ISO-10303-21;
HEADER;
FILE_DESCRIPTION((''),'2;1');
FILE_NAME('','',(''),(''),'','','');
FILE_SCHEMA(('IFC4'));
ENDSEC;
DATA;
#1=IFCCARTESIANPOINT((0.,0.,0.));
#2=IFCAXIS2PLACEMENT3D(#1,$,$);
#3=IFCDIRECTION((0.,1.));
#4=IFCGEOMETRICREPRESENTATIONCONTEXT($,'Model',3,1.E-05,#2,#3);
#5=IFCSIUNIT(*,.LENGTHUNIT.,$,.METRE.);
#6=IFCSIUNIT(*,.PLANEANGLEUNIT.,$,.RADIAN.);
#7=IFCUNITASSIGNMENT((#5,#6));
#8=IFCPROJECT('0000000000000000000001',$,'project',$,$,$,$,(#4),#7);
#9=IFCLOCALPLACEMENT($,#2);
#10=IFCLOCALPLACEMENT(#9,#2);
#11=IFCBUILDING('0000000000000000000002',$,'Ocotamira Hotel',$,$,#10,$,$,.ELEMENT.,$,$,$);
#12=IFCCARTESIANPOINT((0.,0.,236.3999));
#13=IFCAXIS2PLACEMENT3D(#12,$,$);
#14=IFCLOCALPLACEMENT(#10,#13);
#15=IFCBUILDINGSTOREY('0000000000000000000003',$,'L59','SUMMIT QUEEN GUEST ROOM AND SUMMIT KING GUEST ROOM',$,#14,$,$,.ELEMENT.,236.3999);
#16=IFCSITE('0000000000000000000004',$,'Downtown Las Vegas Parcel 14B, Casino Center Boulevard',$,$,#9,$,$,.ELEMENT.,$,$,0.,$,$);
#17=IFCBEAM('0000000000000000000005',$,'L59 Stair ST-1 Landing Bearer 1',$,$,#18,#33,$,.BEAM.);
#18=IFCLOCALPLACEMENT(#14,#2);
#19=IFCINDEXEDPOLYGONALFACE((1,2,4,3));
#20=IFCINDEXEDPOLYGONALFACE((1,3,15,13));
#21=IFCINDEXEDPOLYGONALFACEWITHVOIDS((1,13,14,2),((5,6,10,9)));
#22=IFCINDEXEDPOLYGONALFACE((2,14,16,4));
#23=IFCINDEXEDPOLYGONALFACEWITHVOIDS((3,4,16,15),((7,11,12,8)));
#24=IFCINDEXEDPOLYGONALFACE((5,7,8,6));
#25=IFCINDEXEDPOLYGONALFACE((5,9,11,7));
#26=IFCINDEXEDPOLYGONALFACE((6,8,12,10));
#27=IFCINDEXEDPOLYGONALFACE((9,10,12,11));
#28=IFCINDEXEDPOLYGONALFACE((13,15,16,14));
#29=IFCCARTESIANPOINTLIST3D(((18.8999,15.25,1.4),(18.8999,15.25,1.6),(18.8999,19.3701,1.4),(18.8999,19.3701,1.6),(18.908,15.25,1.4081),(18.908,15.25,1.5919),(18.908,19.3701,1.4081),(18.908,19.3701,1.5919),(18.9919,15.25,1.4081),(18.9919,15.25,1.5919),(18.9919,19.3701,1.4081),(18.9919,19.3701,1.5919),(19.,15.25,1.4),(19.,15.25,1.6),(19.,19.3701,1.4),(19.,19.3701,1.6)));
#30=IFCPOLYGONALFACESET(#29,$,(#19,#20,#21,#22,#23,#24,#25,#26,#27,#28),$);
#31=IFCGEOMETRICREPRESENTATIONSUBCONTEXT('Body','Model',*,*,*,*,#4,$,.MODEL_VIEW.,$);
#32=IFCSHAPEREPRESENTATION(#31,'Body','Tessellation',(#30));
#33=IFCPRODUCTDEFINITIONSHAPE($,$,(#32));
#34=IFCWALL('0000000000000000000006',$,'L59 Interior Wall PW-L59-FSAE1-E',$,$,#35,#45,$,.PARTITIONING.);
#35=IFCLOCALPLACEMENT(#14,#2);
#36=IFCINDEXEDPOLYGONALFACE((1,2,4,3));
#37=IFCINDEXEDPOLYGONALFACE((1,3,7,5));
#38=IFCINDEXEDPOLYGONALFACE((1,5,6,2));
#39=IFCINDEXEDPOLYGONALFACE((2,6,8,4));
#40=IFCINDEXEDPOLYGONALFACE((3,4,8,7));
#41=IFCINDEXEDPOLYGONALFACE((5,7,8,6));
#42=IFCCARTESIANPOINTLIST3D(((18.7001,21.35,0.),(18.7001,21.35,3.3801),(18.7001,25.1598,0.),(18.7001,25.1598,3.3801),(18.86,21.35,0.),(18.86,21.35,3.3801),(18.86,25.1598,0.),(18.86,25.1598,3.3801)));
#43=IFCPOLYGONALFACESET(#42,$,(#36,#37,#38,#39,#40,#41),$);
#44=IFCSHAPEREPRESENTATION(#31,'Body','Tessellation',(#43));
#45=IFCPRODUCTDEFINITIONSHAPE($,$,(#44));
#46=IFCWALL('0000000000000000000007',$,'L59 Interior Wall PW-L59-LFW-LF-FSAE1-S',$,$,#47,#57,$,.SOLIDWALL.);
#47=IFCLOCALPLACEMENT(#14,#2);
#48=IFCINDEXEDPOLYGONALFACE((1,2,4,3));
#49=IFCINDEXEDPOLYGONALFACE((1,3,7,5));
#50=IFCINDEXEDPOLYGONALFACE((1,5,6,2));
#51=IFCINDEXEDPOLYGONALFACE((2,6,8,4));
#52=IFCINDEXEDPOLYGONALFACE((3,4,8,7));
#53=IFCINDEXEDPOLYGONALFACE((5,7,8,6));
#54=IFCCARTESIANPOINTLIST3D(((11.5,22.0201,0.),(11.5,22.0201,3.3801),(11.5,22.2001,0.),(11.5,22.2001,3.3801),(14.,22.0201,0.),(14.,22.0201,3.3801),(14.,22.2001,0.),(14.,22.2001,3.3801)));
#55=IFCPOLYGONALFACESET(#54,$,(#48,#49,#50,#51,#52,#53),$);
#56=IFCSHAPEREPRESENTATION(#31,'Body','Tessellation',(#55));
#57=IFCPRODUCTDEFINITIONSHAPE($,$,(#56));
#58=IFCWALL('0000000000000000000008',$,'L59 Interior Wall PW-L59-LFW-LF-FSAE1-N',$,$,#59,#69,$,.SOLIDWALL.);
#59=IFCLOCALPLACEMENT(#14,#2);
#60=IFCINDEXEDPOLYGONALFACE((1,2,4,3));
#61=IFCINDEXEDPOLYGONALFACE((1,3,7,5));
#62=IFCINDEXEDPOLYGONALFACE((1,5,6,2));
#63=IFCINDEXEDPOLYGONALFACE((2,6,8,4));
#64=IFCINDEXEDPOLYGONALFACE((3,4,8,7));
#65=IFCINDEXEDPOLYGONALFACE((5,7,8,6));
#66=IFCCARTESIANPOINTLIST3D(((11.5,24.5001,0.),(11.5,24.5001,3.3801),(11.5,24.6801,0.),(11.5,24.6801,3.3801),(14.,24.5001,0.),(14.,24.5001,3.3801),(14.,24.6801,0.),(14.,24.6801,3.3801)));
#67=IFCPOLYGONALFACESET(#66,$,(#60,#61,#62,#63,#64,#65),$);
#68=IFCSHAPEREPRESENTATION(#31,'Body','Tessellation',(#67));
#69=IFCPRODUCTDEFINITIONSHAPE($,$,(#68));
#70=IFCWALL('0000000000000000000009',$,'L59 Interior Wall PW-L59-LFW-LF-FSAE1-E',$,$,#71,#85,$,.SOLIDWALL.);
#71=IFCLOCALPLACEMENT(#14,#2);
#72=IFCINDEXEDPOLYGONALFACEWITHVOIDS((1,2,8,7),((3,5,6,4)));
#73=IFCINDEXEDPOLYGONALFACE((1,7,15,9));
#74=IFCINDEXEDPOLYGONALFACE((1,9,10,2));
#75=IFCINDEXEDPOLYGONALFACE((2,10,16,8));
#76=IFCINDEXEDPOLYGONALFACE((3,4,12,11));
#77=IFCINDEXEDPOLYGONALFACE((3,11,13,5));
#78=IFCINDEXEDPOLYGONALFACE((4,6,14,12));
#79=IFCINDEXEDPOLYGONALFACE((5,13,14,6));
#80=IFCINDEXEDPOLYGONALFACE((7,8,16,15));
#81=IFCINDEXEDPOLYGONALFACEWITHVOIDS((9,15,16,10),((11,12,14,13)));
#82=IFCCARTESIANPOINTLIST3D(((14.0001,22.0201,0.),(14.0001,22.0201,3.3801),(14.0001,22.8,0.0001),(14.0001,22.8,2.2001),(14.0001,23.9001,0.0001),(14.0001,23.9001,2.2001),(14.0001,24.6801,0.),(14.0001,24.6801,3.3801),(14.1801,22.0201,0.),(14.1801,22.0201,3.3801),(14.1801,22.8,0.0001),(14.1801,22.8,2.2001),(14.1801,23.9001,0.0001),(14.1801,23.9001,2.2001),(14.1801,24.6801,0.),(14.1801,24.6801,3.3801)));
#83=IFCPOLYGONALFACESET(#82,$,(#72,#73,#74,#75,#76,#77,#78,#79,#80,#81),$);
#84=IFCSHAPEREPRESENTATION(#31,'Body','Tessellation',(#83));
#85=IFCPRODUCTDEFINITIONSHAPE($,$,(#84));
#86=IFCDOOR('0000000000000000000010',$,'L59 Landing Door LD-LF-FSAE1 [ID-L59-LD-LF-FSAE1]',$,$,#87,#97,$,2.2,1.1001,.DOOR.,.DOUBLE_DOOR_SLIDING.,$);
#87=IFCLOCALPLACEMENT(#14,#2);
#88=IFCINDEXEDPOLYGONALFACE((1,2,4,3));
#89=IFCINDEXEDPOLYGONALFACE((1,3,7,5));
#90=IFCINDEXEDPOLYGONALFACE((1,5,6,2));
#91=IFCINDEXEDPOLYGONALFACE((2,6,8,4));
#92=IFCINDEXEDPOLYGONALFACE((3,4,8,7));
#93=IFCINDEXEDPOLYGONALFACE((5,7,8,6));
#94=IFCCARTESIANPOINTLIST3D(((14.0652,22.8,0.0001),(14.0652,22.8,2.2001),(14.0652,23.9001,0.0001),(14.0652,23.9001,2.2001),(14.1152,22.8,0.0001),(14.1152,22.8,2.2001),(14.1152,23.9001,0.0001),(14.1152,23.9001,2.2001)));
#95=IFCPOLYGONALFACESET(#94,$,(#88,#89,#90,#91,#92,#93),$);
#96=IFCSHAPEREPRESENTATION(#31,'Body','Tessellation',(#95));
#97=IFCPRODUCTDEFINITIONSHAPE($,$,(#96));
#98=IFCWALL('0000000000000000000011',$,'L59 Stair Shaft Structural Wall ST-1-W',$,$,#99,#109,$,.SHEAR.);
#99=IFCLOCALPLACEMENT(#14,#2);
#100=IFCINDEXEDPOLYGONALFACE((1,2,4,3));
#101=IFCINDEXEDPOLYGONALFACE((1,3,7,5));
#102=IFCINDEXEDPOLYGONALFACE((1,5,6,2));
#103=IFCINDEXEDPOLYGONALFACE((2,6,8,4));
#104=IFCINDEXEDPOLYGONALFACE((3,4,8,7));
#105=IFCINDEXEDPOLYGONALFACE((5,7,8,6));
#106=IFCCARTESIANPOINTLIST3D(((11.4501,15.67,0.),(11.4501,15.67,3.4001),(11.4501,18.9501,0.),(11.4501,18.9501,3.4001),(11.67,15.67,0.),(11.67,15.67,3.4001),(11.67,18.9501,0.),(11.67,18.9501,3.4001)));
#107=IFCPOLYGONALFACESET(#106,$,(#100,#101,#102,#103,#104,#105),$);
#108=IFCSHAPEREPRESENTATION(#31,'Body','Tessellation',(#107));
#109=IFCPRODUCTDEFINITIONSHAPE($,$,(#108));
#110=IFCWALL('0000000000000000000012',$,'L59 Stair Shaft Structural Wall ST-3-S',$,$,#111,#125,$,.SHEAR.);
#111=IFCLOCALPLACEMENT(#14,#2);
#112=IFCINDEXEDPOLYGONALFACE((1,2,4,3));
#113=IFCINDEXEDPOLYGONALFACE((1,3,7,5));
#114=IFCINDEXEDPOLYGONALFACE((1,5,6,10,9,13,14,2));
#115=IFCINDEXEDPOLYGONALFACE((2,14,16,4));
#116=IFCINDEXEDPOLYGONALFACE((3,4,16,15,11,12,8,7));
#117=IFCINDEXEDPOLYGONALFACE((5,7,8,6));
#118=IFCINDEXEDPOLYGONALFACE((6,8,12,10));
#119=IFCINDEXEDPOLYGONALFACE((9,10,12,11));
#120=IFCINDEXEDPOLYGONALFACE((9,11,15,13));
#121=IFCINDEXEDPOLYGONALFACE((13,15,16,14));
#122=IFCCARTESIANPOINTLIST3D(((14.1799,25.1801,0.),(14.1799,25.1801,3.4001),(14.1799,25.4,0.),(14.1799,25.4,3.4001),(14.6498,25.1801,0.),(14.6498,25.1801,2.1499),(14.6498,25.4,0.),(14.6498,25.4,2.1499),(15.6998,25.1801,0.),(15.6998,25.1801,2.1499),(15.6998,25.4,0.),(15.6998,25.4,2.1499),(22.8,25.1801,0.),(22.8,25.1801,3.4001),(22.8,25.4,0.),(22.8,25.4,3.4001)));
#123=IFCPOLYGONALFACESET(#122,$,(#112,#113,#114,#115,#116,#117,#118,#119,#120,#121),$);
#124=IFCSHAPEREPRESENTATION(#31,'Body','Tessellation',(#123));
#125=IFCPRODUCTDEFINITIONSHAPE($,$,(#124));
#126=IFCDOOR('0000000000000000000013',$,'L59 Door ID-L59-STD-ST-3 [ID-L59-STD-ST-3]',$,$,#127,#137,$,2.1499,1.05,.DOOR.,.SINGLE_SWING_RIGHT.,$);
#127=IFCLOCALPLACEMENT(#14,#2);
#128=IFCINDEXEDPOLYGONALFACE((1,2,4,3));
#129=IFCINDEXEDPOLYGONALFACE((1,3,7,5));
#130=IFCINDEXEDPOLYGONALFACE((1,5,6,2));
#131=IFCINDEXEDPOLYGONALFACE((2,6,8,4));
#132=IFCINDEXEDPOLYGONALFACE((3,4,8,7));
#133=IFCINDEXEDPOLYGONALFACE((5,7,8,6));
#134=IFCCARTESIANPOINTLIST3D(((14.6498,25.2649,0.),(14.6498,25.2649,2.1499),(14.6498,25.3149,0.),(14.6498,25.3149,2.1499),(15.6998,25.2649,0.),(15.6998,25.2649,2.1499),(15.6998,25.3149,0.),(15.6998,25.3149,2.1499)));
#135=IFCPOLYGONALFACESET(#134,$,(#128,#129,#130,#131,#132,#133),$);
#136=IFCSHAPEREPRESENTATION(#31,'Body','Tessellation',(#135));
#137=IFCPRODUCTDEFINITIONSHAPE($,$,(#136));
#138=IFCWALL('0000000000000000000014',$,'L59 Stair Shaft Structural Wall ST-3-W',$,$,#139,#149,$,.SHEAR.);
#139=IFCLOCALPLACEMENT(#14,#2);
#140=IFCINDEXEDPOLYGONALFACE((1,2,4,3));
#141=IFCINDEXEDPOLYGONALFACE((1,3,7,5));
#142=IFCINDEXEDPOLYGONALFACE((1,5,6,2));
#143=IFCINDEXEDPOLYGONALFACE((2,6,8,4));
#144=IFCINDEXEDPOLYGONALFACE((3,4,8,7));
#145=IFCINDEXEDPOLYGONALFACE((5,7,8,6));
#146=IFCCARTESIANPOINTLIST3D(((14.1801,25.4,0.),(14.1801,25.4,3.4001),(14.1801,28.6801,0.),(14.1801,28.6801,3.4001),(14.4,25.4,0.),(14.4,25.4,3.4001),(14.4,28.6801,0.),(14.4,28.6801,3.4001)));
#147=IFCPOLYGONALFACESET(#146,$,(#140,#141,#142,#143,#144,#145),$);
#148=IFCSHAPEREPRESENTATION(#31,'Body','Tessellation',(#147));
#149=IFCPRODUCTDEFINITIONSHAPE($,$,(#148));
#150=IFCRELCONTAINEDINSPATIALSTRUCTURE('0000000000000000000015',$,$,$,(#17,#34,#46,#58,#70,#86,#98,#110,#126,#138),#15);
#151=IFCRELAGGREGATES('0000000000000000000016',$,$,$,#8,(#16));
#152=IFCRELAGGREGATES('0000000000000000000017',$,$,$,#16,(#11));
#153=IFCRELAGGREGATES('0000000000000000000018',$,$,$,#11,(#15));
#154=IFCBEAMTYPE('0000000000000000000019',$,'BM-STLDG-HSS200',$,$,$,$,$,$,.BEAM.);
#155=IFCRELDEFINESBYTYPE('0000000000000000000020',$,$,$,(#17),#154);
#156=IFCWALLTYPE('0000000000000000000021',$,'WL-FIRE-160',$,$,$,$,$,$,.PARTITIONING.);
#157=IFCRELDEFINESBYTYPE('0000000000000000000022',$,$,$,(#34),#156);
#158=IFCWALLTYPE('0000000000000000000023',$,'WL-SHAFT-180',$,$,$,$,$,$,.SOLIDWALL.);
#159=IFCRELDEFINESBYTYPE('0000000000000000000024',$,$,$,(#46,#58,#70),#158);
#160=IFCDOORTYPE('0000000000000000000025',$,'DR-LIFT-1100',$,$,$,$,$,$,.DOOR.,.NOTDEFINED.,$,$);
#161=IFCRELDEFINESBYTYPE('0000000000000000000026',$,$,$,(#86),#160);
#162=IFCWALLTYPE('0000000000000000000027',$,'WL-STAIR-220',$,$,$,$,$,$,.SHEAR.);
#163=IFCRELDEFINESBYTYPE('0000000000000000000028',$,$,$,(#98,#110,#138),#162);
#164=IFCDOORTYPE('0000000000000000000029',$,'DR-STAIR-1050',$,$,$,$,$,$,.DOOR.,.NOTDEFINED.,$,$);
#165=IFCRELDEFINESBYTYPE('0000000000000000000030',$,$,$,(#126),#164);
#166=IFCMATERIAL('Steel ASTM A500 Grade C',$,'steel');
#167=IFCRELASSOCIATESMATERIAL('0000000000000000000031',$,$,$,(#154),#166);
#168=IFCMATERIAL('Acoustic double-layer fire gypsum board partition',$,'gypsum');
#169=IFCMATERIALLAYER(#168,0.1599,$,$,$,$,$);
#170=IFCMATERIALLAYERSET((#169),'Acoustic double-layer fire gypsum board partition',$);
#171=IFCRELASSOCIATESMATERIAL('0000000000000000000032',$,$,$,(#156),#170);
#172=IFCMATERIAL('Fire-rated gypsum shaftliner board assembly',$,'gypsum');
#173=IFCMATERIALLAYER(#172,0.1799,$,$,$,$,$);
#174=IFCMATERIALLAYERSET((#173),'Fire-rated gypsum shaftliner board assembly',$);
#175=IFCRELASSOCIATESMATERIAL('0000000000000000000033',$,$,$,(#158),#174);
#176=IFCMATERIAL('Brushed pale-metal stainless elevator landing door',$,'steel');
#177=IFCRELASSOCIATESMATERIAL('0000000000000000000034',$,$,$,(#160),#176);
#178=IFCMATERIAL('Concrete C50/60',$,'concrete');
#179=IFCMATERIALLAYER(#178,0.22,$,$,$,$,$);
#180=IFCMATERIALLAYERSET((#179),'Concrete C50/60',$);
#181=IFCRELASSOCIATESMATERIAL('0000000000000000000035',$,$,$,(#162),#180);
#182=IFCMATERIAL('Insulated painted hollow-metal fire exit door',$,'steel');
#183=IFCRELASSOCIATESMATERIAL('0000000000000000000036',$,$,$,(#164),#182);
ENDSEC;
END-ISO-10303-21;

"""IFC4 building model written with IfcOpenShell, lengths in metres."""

from ifc_helpers import new_model, si_unit, direction, frame, frame_2d, origin, origin_2d, place, context, subcontext, project, spatial, rectangle, hollow_rectangle, extrude, source, transform, mapped, material, layer, layer_set, material_profile, profile_set, type_object, element, fill, save


model = new_model("IFC4")

# Units and contexts
model_context = context("Model", 3, precision=1e-05, world=origin(), true_north=direction((0.0, 1.0)))
body_context = subcontext(model_context, "Body", "Model", "MODEL_VIEW")
ifc_project = project(units=[si_unit("LENGTHUNIT", "METRE"), si_unit("PLANEANGLEUNIT", "RADIAN")], contexts=[model_context])

# Site, building, storey
site_placement = place(None, origin())
site = spatial("IfcSite", under=ifc_project, at=site_placement, Name="Downtown Las Vegas Parcel 14B, Casino Center Boulevard", CompositionType="ELEMENT", RefElevation=0.0)
building_placement = place(site_placement, origin())
building = spatial("IfcBuilding", under=site, at=building_placement, Name="Ocotamira Hotel", CompositionType="ELEMENT")
storey_placement = place(building_placement, frame((0.0, 0.0, 236.3999)))
storey = spatial("IfcBuildingStorey", under=building, at=storey_placement, Name="L59", Description="SUMMIT QUEEN GUEST ROOM AND SUMMIT KING GUEST ROOM", CompositionType="ELEMENT", Elevation=236.3999)

# Beam
ifc_material_1 = material(Name="Steel ASTM A500 Grade C", Category="steel")
ifc_material_profile = material_profile(ifc_material_1, hollow_rectangle(XDim=0.1001, YDim=0.2, WallThickness=0.0081, at=origin_2d()), Name="HSS200X100X8")
ifc_profile_set = profile_set([ifc_material_profile], Name="Steel ASTM A500 Grade C")
beam_type = type_object("IfcBeamType", Name="BM-STLDG-HSS200", PredefinedType="BEAM", material=ifc_profile_set)
shared_shape_1 = source(origin(), body_context, "Body", "SweptSolid", [
    extrude(hollow_rectangle(XDim=0.1001, YDim=0.2, WallThickness=0.0081, at=origin_2d()), origin(), (0.0, 0.0, 1.0), 4.1201),
])
beam_placement = place(storey_placement, frame((18.95, 15.25, 1.5), z_axis=(0.0, 1.0, 0.0), x_axis=(-1.0, 0.0, 0.0)))
element("IfcBeam", 1, at=beam_placement, inside=storey, type_object=beam_type, Name="L59 Stair ST-1 Landing Bearer 1", PredefinedType="BEAM", context=body_context, shape_type="MappedRepresentation", body=[
    mapped(shared_shape_1, transform((0.0, 0.0, 0.0), scale=1.0)),
])

# Shared definitions
ifc_material_2 = material(Name="Acoustic double-layer fire gypsum board partition", Category="gypsum")
ifc_layer_1 = layer(ifc_material_2, 0.1599)
ifc_layer_set_1 = layer_set([ifc_layer_1], Name="Acoustic double-layer fire gypsum board partition")
wall_type_1 = type_object("IfcWallType", Name="WL-FIRE-160", PredefinedType="PARTITIONING", material=ifc_layer_set_1)

# Walls
wall_1_placement = place(storey_placement, frame((18.78, 21.3501, 0.0), z_axis=(0.0, 0.0, 1.0), x_axis=(0.0, 1.0, 0.0)))
element("IfcWall", 2, at=wall_1_placement, inside=storey, type_object=wall_type_1, Name="L59 Interior Wall PW-L59-FSAE1-E", PredefinedType="PARTITIONING", context=body_context, shape_type="SweptSolid", body=[
    extrude(rectangle(XDim=3.8098, YDim=0.1599, at=frame_2d((1.9048, 0.0))), origin(), (0.0, 0.0, 1.0), 3.3801),
])
ifc_material_3 = material(Name="Fire-rated gypsum shaftliner board assembly", Category="gypsum")
ifc_layer_2 = layer(ifc_material_3, 0.1799)
ifc_layer_set_2 = layer_set([ifc_layer_2], Name="Fire-rated gypsum shaftliner board assembly")
wall_type_2 = type_object("IfcWallType", Name="WL-SHAFT-180", PredefinedType="SOLIDWALL", material=ifc_layer_set_2)
for number, where, z_axis, x_axis, name in (
    (3, (11.5, 22.1101, 0.0), (0.0, 0.0, 1.0), (1.0, 0.0, 0.0), "L59 Interior Wall PW-L59-LFW-LF-FSAE1-S"),
    (4, (11.5, 24.5901, 0.0), (0.0, 0.0, 1.0), (1.0, 0.0, 0.0), "L59 Interior Wall PW-L59-LFW-LF-FSAE1-N"),
):
    element("IfcWall", number, at=place(storey_placement, frame(where, z_axis=z_axis, x_axis=x_axis)), inside=storey, type_object=wall_type_2, Name=name, PredefinedType="SOLIDWALL", context=body_context, shape_type="SweptSolid", body=[
        extrude(rectangle(XDim=2.5, YDim=0.1799, at=frame_2d((1.25, 0.0))), origin(), (0.0, 0.0, 1.0), 3.3801),
    ])

# Wall, opening, door
wall_2_placement = place(storey_placement, frame((14.0901, 22.02, 0.0), z_axis=(0.0, 0.0, 1.0), x_axis=(0.0, 1.0, 0.0)))
wall_2 = element("IfcWall", 5, at=wall_2_placement, inside=storey, type_object=wall_type_2, Name="L59 Interior Wall PW-L59-LFW-LF-FSAE1-E", PredefinedType="SOLIDWALL", context=body_context, shape_type="SweptSolid", body=[
    extrude(rectangle(XDim=2.6599, YDim=0.1799, at=frame_2d((1.3301, 0.0))), origin(), (0.0, 0.0, 1.0), 3.3801),
])
opening_1_placement = place(wall_2_placement, frame((0.78, 0.0, 0.0)))
opening_1 = element("IfcOpeningElement", 6, at=opening_1_placement, cuts=wall_2, PredefinedType="OPENING", context=body_context, shape_type="SweptSolid", body=[
    extrude(rectangle(XDim=1.1001, YDim=2.2, at=frame_2d((0.55, 1.1001))), frame((0.0, 0.1001, 0.0), z_axis=(0.0, -1.0, 0.0), x_axis=(1.0, 0.0, 0.0)), (0.0, 0.0, 1.0), 0.2),
])
ifc_material_4 = material(Name="Brushed pale-metal stainless elevator landing door", Category="steel")
door_type_1 = type_object("IfcDoorType", Name="DR-LIFT-1100", OperationType="NOTDEFINED", PredefinedType="DOOR", material=ifc_material_4)
shared_shape_2 = source(origin(), body_context, "Body", "SweptSolid", [
    extrude(rectangle(XDim=1.1001, YDim=2.2, at=frame_2d((0.55, 1.1001))), frame((0.0, 0.0249, 0.0), z_axis=(0.0, -1.0, 0.0), x_axis=(1.0, 0.0, 0.0)), (0.0, 0.0, 1.0), 0.05),
])
door_1_placement = place(opening_1_placement, origin())
door_1 = element("IfcDoor", 7, at=door_1_placement, inside=storey, type_object=door_type_1, Name="L59 Landing Door LD-LF-FSAE1 [ID-L59-LD-LF-FSAE1]", OperationType="DOUBLE_DOOR_SLIDING", OverallHeight=2.2, OverallWidth=1.1001, PredefinedType="DOOR", context=body_context, shape_type="MappedRepresentation", body=[
    mapped(shared_shape_2, transform((0.0, 0.0, 0.0), scale=1.0)),
])
fill(opening_1, door_1)

# Wall
ifc_material_5 = material(Name="Concrete C50/60", Category="concrete")
ifc_layer_3 = layer(ifc_material_5, 0.22)
ifc_layer_set_3 = layer_set([ifc_layer_3], Name="Concrete C50/60")
wall_type_3 = type_object("IfcWallType", Name="WL-STAIR-220", PredefinedType="SHEAR", material=ifc_layer_set_3)
wall_3_placement = place(storey_placement, frame((11.5601, 15.6699, 0.0), z_axis=(0.0, 0.0, 1.0), x_axis=(0.0, 1.0, 0.0)))
element("IfcWall", 8, at=wall_3_placement, inside=storey, type_object=wall_type_3, Name="L59 Stair Shaft Structural Wall ST-1-W", PredefinedType="SHEAR", context=body_context, shape_type="SweptSolid", body=[
    extrude(rectangle(XDim=3.28, YDim=0.22, at=frame_2d((1.6401, 0.0))), origin(), (0.0, 0.0, 1.0), 3.4001),
])

# Wall, opening, door
wall_4_placement = place(storey_placement, frame((14.1799, 25.29, 0.0), z_axis=(0.0, 0.0, 1.0), x_axis=(1.0, 0.0, 0.0)))
wall_4 = element("IfcWall", 9, at=wall_4_placement, inside=storey, type_object=wall_type_3, Name="L59 Stair Shaft Structural Wall ST-3-S", PredefinedType="SHEAR", context=body_context, shape_type="SweptSolid", body=[
    extrude(rectangle(XDim=8.6201, YDim=0.22, at=frame_2d((4.3101, 0.0))), origin(), (0.0, 0.0, 1.0), 3.4001),
])
opening_2_placement = place(wall_4_placement, frame((0.47, 0.0, 0.0)))
opening_2 = element("IfcOpeningElement", 10, at=opening_2_placement, cuts=wall_4, PredefinedType="OPENING", context=body_context, shape_type="SweptSolid", body=[
    extrude(rectangle(XDim=1.05, YDim=2.1499, at=frame_2d((0.5249, 1.075))), frame((0.0, 0.1201, 0.0), z_axis=(0.0, -1.0, 0.0), x_axis=(1.0, 0.0, 0.0)), (0.0, 0.0, 1.0), 0.24),
])
ifc_material_6 = material(Name="Insulated painted hollow-metal fire exit door", Category="steel")
door_type_2 = type_object("IfcDoorType", Name="DR-STAIR-1050", OperationType="NOTDEFINED", PredefinedType="DOOR", material=ifc_material_6)
shared_shape_3 = source(origin(), body_context, "Body", "SweptSolid", [
    extrude(rectangle(XDim=1.05, YDim=2.1499, at=frame_2d((0.5249, 1.075))), frame((0.0, 0.0249, 0.0), z_axis=(0.0, -1.0, 0.0), x_axis=(1.0, 0.0, 0.0)), (0.0, 0.0, 1.0), 0.05),
])
door_2_placement = place(opening_2_placement, origin())
door_2 = element("IfcDoor", 11, at=door_2_placement, inside=storey, type_object=door_type_2, Name="L59 Door ID-L59-STD-ST-3 [ID-L59-STD-ST-3]", OperationType="SINGLE_SWING_RIGHT", OverallHeight=2.1499, OverallWidth=1.05, PredefinedType="DOOR", context=body_context, shape_type="MappedRepresentation", body=[
    mapped(shared_shape_3, transform((0.0, 0.0, 0.0), scale=1.0)),
])
fill(opening_2, door_2)

# Wall
wall_5_placement = place(storey_placement, frame((14.29, 25.3999, 0.0), z_axis=(0.0, 0.0, 1.0), x_axis=(0.0, 1.0, 0.0)))
element("IfcWall", 12, at=wall_5_placement, inside=storey, type_object=wall_type_3, Name="L59 Stair Shaft Structural Wall ST-3-W", PredefinedType="SHEAR", context=body_context, shape_type="SweptSolid", body=[
    extrude(rectangle(XDim=3.28, YDim=0.22, at=frame_2d((1.6401, 0.0))), origin(), (0.0, 0.0, 1.0), 3.4001),
])

save(model, "model.ifc")
